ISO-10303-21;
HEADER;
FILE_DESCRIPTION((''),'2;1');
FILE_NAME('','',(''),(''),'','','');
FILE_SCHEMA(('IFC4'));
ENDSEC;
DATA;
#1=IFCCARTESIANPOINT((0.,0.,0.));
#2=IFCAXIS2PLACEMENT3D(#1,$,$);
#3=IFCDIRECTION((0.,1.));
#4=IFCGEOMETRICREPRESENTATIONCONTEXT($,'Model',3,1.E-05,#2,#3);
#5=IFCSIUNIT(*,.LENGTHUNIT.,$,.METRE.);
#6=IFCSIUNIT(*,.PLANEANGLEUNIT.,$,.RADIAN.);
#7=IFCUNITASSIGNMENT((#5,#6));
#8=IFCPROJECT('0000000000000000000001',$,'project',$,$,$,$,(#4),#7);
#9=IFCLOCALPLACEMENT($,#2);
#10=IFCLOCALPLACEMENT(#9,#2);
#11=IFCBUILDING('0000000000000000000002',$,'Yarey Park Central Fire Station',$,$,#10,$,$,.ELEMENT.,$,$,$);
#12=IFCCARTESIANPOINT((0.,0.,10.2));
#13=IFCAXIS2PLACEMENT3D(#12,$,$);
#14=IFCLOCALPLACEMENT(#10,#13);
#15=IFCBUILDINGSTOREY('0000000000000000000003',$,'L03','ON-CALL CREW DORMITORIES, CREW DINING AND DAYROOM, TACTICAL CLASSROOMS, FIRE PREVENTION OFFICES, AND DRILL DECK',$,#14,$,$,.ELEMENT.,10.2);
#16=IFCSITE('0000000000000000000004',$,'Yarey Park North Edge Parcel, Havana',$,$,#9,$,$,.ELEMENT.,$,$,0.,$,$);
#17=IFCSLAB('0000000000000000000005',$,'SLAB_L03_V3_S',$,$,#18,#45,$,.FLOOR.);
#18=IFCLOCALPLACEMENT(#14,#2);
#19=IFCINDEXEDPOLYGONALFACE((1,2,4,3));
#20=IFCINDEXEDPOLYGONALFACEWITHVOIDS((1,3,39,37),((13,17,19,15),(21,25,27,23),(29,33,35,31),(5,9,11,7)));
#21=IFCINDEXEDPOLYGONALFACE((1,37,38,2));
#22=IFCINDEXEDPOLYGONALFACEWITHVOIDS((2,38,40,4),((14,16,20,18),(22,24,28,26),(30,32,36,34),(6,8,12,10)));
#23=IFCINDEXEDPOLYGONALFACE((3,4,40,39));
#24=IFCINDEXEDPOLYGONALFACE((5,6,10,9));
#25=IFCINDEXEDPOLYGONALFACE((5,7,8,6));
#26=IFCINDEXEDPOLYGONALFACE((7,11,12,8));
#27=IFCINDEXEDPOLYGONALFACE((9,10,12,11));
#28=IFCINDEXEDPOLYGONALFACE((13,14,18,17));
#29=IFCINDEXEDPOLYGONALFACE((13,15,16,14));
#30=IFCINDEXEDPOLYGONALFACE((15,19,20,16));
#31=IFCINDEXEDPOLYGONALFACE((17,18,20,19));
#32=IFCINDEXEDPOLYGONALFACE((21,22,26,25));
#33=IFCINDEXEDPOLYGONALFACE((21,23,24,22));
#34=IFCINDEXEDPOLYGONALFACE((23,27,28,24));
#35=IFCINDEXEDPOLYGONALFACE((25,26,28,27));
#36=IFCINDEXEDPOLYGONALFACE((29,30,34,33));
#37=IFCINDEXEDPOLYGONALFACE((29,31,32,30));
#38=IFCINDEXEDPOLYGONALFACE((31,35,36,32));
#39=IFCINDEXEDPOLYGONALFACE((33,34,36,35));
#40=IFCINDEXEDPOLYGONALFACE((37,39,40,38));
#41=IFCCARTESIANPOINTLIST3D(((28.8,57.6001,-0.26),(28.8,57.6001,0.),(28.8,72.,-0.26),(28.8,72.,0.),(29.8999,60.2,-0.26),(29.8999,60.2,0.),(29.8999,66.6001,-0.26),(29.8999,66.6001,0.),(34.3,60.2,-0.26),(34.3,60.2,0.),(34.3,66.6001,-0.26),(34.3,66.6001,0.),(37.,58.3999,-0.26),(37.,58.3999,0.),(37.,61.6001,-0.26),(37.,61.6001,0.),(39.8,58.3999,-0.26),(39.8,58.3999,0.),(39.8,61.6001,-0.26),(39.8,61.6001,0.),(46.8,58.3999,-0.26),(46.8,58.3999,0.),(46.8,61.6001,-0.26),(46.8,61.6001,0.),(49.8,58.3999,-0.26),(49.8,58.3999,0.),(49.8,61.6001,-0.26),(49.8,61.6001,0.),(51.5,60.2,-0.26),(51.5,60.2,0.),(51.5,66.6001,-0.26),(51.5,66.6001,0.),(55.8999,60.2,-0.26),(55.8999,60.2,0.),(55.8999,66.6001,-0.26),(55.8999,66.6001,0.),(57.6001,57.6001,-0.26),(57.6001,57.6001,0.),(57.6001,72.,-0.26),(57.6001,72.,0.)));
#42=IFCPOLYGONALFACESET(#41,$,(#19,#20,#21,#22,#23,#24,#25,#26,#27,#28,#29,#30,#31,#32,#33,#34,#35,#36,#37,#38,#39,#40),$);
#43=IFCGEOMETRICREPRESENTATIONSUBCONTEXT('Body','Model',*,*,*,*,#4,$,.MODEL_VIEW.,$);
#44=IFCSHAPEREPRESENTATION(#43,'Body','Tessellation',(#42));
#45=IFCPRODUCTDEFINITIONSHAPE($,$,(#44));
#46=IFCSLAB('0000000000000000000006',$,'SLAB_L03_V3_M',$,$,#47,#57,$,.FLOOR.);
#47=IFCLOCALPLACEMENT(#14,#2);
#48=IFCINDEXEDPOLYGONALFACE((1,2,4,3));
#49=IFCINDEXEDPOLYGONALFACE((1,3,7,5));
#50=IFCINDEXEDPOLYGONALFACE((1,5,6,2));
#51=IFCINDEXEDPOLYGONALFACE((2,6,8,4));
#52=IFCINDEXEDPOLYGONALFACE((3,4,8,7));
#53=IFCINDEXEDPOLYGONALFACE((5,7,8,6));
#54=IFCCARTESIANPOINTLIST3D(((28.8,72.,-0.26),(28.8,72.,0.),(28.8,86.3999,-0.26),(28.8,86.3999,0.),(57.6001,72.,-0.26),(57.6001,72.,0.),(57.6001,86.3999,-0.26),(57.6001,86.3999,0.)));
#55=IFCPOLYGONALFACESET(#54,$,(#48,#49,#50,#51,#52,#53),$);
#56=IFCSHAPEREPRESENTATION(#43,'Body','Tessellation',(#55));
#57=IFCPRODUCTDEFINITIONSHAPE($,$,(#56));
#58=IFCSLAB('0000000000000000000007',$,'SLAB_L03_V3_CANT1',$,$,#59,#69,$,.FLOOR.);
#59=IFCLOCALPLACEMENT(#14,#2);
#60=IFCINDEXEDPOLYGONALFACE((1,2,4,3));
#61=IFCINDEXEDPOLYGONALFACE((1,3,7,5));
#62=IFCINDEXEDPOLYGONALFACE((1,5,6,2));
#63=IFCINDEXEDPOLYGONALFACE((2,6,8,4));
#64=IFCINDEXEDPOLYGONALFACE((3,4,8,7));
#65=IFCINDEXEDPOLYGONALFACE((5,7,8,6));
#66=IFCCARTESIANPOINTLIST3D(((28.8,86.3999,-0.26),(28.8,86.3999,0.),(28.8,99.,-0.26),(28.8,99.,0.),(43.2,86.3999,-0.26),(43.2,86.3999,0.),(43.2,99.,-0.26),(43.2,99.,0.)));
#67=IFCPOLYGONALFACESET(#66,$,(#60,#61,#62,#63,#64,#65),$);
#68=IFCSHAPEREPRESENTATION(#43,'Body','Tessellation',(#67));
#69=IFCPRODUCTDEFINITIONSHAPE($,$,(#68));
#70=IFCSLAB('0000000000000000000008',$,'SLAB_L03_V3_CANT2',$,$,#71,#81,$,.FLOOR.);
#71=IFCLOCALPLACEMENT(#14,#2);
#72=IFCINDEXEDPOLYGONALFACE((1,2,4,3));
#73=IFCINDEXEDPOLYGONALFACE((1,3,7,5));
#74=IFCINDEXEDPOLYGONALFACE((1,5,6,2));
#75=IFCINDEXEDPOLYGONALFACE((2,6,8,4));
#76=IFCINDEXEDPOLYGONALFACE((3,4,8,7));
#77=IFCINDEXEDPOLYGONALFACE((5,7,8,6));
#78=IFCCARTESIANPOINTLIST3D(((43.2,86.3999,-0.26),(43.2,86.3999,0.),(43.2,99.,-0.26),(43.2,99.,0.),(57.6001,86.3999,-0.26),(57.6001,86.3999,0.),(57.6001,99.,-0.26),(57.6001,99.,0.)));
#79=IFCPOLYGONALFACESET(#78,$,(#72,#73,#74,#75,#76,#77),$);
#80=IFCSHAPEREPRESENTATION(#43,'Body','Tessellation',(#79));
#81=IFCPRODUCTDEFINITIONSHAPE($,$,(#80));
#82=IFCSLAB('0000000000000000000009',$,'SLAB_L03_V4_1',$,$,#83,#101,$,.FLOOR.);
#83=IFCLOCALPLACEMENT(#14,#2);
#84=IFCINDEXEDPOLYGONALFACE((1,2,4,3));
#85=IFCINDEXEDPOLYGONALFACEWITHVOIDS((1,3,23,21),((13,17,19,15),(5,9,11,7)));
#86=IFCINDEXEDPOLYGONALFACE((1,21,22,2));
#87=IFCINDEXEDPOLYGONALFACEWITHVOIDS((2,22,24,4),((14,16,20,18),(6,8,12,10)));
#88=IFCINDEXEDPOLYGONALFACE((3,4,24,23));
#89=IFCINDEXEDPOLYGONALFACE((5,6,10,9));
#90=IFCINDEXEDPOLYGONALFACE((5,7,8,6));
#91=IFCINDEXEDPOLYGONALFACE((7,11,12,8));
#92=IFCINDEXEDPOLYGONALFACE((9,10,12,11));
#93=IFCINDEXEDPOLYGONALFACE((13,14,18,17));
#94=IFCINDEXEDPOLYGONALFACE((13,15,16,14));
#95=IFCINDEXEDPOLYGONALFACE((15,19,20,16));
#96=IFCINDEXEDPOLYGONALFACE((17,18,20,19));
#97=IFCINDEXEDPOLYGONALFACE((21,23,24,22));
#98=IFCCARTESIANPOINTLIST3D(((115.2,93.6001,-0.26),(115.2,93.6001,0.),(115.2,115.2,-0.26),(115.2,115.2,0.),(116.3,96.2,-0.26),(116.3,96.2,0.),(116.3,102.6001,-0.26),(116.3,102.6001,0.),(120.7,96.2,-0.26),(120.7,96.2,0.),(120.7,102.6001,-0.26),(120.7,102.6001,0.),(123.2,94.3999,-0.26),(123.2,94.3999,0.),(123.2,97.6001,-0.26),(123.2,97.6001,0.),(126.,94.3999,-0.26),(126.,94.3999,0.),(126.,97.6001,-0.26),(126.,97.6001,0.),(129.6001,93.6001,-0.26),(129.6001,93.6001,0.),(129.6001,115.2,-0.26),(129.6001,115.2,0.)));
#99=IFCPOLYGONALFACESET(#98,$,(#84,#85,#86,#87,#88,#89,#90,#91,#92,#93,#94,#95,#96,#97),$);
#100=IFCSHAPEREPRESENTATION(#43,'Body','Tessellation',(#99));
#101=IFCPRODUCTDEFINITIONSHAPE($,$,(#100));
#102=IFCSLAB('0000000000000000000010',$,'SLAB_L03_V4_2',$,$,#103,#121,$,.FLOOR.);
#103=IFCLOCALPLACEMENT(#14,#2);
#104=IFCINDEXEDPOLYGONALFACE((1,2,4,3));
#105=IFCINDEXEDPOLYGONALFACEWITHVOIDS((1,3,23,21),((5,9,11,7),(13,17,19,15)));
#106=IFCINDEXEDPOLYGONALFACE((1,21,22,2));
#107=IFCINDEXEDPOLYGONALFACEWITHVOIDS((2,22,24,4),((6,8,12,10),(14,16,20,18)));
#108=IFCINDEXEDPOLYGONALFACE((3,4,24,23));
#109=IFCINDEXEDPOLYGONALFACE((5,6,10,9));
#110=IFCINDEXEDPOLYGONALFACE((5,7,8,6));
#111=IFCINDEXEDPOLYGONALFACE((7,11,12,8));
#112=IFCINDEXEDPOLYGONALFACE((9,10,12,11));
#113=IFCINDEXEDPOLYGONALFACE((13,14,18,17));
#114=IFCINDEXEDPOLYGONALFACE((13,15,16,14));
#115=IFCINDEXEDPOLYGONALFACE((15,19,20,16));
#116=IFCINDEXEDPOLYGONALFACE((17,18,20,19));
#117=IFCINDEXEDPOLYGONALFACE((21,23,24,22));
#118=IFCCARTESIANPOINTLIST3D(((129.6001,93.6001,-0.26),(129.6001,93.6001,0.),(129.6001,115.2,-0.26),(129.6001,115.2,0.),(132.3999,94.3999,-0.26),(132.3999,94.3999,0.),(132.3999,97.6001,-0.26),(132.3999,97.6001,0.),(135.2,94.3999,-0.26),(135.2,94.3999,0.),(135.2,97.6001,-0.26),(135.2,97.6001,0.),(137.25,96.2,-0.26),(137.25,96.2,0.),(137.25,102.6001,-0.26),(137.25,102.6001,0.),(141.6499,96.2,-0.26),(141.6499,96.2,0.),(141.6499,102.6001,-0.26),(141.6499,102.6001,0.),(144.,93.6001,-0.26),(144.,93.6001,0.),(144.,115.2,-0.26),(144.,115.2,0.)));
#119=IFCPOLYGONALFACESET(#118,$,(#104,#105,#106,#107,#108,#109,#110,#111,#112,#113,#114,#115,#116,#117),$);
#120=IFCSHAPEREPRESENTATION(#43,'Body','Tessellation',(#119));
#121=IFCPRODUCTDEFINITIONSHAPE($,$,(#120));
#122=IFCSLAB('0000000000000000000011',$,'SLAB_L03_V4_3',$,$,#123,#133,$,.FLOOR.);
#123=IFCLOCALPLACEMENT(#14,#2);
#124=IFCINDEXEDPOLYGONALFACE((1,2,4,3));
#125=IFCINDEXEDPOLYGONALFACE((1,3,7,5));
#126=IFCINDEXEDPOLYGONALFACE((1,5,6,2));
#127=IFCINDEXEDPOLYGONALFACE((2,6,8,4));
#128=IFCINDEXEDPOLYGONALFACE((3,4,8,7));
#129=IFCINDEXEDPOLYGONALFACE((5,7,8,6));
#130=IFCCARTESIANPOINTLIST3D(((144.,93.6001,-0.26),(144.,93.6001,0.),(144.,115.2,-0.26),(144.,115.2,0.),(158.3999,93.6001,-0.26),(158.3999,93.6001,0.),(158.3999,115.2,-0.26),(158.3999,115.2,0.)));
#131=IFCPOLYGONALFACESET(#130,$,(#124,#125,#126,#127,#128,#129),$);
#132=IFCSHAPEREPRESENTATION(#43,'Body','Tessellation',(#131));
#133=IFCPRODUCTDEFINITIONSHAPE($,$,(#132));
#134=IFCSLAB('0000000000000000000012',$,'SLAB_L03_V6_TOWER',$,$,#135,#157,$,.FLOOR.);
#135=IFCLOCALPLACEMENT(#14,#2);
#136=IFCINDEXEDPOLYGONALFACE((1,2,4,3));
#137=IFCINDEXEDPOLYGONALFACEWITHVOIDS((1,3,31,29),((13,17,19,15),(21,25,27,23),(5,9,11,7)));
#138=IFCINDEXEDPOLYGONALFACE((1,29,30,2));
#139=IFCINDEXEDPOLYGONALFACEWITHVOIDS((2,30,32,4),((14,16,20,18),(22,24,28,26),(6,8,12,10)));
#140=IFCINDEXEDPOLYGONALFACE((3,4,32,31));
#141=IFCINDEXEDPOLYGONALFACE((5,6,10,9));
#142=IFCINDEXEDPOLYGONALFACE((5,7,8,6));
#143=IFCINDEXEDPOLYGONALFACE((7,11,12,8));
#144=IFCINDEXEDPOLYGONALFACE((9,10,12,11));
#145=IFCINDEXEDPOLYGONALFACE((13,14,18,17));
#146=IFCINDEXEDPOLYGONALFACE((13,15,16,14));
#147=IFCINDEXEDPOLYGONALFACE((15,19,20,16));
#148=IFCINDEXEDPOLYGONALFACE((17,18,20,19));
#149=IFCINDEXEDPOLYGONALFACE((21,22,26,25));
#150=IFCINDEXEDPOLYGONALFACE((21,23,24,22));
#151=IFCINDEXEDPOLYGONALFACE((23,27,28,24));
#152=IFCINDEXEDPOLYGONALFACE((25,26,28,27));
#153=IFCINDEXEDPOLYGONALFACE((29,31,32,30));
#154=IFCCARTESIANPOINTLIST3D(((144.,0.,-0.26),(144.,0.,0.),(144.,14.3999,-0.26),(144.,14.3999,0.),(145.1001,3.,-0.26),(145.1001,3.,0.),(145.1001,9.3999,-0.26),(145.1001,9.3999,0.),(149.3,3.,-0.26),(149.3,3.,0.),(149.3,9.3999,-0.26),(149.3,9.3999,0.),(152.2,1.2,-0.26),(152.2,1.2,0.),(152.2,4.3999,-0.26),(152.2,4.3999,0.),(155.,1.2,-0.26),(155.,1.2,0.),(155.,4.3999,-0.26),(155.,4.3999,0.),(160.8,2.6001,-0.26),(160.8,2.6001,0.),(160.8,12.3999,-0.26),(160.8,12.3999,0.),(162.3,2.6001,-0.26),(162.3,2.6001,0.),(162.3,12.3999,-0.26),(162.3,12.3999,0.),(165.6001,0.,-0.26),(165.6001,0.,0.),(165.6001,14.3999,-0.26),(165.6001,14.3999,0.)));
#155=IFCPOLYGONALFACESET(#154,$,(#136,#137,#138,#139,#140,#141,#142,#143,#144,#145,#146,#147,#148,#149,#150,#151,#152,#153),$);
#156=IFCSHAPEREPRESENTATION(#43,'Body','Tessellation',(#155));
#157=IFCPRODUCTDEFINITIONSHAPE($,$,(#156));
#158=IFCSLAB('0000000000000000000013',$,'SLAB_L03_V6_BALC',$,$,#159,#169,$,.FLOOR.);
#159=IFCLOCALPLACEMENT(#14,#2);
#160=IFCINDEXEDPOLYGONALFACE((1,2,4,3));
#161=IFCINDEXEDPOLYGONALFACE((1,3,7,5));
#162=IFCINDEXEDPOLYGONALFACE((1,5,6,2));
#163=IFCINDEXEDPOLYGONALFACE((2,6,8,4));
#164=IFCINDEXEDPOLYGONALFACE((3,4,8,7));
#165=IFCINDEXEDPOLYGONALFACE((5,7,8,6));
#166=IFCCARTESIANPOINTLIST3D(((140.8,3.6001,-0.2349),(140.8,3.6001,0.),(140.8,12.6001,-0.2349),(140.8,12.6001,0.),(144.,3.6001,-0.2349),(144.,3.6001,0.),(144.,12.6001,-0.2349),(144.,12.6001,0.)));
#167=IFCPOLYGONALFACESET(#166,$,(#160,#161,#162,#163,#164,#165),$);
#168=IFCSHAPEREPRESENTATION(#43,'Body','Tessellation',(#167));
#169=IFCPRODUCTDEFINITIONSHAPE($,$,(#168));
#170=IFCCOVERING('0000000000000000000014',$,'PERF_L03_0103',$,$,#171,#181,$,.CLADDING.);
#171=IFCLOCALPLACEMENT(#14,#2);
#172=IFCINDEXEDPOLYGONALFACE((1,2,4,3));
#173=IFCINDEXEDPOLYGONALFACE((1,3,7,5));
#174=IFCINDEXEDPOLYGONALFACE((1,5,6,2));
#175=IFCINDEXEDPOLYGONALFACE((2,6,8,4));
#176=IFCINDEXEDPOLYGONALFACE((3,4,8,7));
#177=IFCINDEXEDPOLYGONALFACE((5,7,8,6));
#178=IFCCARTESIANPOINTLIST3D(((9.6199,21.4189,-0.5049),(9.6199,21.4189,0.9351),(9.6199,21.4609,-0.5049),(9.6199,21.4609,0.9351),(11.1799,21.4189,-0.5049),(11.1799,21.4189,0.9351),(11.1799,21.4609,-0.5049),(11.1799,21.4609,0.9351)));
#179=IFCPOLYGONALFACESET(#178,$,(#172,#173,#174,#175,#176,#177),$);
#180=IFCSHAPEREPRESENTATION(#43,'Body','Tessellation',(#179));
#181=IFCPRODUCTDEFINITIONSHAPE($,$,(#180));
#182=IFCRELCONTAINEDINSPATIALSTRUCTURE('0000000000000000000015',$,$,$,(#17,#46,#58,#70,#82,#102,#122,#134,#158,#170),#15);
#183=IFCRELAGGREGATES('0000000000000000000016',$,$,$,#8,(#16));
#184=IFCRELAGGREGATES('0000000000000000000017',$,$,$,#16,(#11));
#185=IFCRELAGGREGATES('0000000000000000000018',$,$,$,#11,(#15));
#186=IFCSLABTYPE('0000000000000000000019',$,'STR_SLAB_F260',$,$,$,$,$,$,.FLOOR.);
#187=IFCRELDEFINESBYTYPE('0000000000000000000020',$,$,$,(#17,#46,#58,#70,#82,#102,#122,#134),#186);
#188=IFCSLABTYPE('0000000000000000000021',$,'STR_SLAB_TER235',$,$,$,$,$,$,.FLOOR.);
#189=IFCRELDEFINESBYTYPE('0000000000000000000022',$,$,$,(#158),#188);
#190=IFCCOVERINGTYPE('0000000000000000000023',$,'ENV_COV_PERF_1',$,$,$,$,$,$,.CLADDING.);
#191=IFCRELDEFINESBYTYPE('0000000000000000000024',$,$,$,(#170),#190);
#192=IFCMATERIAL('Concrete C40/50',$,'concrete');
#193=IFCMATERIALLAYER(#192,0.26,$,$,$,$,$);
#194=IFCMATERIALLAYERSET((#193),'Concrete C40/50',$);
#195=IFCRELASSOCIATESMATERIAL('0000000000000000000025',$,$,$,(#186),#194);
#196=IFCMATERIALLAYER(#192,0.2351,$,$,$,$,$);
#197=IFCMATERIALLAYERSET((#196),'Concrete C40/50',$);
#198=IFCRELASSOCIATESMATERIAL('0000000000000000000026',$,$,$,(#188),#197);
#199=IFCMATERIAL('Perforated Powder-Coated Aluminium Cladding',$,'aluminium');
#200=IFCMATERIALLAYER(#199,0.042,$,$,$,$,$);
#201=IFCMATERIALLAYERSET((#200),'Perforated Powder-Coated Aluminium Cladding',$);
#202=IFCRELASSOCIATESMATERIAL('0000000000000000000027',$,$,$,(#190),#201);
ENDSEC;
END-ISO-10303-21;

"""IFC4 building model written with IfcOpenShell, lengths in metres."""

from ifc_helpers import new_model, si_unit, direction, frame, origin, origin_2d, place, context, subcontext, project, spatial, polyline, rectangle, outline, extrude, material, layer, layer_set, type_object, element, save


model = new_model("IFC4")

# Units and contexts
model_context = context("Model", 3, precision=1e-05, world=origin(), true_north=direction((0.0, 1.0)))
body_context = subcontext(model_context, "Body", "Model", "MODEL_VIEW")
ifc_project = project(units=[si_unit("LENGTHUNIT", "METRE"), si_unit("PLANEANGLEUNIT", "RADIAN")], contexts=[model_context])

# Site, building, storey
site_placement = place(None, origin())
site = spatial("IfcSite", under=ifc_project, at=site_placement, Name="Yarey Park North Edge Parcel, Havana", CompositionType="ELEMENT", RefElevation=0.0)
building_placement = place(site_placement, origin())
building = spatial("IfcBuilding", under=site, at=building_placement, Name="Yarey Park Central Fire Station", CompositionType="ELEMENT")
storey_placement = place(building_placement, frame((0.0, 0.0, 10.2)))
storey = spatial("IfcBuildingStorey", under=building, at=storey_placement, Name="L03", Description="ON-CALL CREW DORMITORIES, CREW DINING AND DAYROOM, TACTICAL CLASSROOMS, FIRE PREVENTION OFFICES, AND DRILL DECK", CompositionType="ELEMENT", Elevation=10.2)

# Shared definitions
ifc_material_1 = material(Name="Concrete C40/50", Category="concrete")

# Slabs
ifc_layer_1 = layer(ifc_material_1, 0.26)
ifc_layer_set_1 = layer_set([ifc_layer_1], Name="Concrete C40/50")
slab_type_1 = type_object("IfcSlabType", Name="STR_SLAB_F260", PredefinedType="FLOOR", material=ifc_layer_set_1)
slab_1_placement = place(storey_placement, frame((0.0, 0.0, -0.26)))
element("IfcSlab", 1, at=slab_1_placement, inside=storey, type_object=slab_type_1, Name="SLAB_L03_V3_S", PredefinedType="FLOOR", context=body_context, shape_type="SweptSolid", body=[
    extrude(outline(polyline([(28.8, 57.6001), (57.6001, 57.6001), (57.6001, 72.0), (28.8, 72.0), (28.8, 57.6001)]), holes=[polyline([(29.8999, 60.2), (34.3, 60.2), (34.3, 66.6001), (29.8999, 66.6001), (29.8999, 60.2)]), polyline([(37.0, 58.3999), (39.8, 58.3999), (39.8, 61.6001), (37.0, 61.6001), (37.0, 58.3999)]), polyline([(51.5, 60.2), (55.8999, 60.2), (55.8999, 66.6001), (51.5, 66.6001), (51.5, 60.2)]), polyline([(46.8, 58.3999), (49.8, 58.3999), (49.8, 61.6001), (46.8, 61.6001), (46.8, 58.3999)])]), origin(), (0.0, 0.0, 1.0), 0.26),
])
slab_2_placement = place(storey_placement, frame((0.0, 0.0, -0.26)))
element("IfcSlab", 2, at=slab_2_placement, inside=storey, type_object=slab_type_1, Name="SLAB_L03_V3_M", PredefinedType="FLOOR", context=body_context, shape_type="SweptSolid", body=[
    extrude(outline(polyline([(28.8, 72.0), (57.6001, 72.0), (57.6001, 86.3999), (28.8, 86.3999), (28.8, 72.0)])), origin(), (0.0, 0.0, 1.0), 0.26),
])
slab_3_placement = place(storey_placement, frame((0.0, 0.0, -0.26)))
element("IfcSlab", 3, at=slab_3_placement, inside=storey, type_object=slab_type_1, Name="SLAB_L03_V3_CANT1", PredefinedType="FLOOR", context=body_context, shape_type="SweptSolid", body=[
    extrude(outline(polyline([(28.8, 86.3999), (43.2, 86.3999), (43.2, 99.0), (28.8, 99.0), (28.8, 86.3999)])), origin(), (0.0, 0.0, 1.0), 0.26),
])
slab_4_placement = place(storey_placement, frame((0.0, 0.0, -0.26)))
element("IfcSlab", 4, at=slab_4_placement, inside=storey, type_object=slab_type_1, Name="SLAB_L03_V3_CANT2", PredefinedType="FLOOR", context=body_context, shape_type="SweptSolid", body=[
    extrude(outline(polyline([(43.2, 86.3999), (57.6001, 86.3999), (57.6001, 99.0), (43.2, 99.0), (43.2, 86.3999)])), origin(), (0.0, 0.0, 1.0), 0.26),
])
slab_5_placement = place(storey_placement, frame((0.0, 0.0, -0.26)))
element("IfcSlab", 5, at=slab_5_placement, inside=storey, type_object=slab_type_1, Name="SLAB_L03_V4_1", PredefinedType="FLOOR", context=body_context, shape_type="SweptSolid", body=[
    extrude(outline(polyline([(115.2, 93.6001), (129.6001, 93.6001), (129.6001, 115.2), (115.2, 115.2), (115.2, 93.6001)]), holes=[polyline([(116.3, 96.2), (120.7, 96.2), (120.7, 102.6001), (116.3, 102.6001), (116.3, 96.2)]), polyline([(123.2, 94.3999), (126.0, 94.3999), (126.0, 97.6001), (123.2, 97.6001), (123.2, 94.3999)])]), origin(), (0.0, 0.0, 1.0), 0.26),
])
slab_6_placement = place(storey_placement, frame((0.0, 0.0, -0.26)))
element("IfcSlab", 6, at=slab_6_placement, inside=storey, type_object=slab_type_1, Name="SLAB_L03_V4_2", PredefinedType="FLOOR", context=body_context, shape_type="SweptSolid", body=[
    extrude(outline(polyline([(129.6001, 93.6001), (144.0, 93.6001), (144.0, 115.2), (129.6001, 115.2), (129.6001, 93.6001)]), holes=[polyline([(137.25, 96.2), (141.6499, 96.2), (141.6499, 102.6001), (137.25, 102.6001), (137.25, 96.2)]), polyline([(132.3999, 94.3999), (135.2, 94.3999), (135.2, 97.6001), (132.3999, 97.6001), (132.3999, 94.3999)])]), origin(), (0.0, 0.0, 1.0), 0.26),
])
slab_7_placement = place(storey_placement, frame((0.0, 0.0, -0.26)))
element("IfcSlab", 7, at=slab_7_placement, inside=storey, type_object=slab_type_1, Name="SLAB_L03_V4_3", PredefinedType="FLOOR", context=body_context, shape_type="SweptSolid", body=[
    extrude(outline(polyline([(144.0, 93.6001), (158.3999, 93.6001), (158.3999, 115.2), (144.0, 115.2), (144.0, 93.6001)])), origin(), (0.0, 0.0, 1.0), 0.26),
])
slab_8_placement = place(storey_placement, frame((0.0, 0.0, -0.26)))
element("IfcSlab", 8, at=slab_8_placement, inside=storey, type_object=slab_type_1, Name="SLAB_L03_V6_TOWER", PredefinedType="FLOOR", context=body_context, shape_type="SweptSolid", body=[
    extrude(outline(polyline([(144.0, 0.0), (165.6001, 0.0), (165.6001, 14.3999), (144.0, 14.3999), (144.0, 0.0)]), holes=[polyline([(145.1001, 3.0), (149.3, 3.0), (149.3, 9.3999), (145.1001, 9.3999), (145.1001, 3.0)]), polyline([(152.2, 1.2), (155.0, 1.2), (155.0, 4.3999), (152.2, 4.3999), (152.2, 1.2)]), polyline([(160.8, 2.6001), (162.3, 2.6001), (162.3, 12.3999), (160.8, 12.3999), (160.8, 2.6001)])]), origin(), (0.0, 0.0, 1.0), 0.26),
])
ifc_layer_2 = layer(ifc_material_1, 0.2351)
ifc_layer_set_2 = layer_set([ifc_layer_2], Name="Concrete C40/50")
slab_type_2 = type_object("IfcSlabType", Name="STR_SLAB_TER235", PredefinedType="FLOOR", material=ifc_layer_set_2)
slab_9_placement = place(storey_placement, frame((0.0, 0.0, -0.2349)))
element("IfcSlab", 9, at=slab_9_placement, inside=storey, type_object=slab_type_2, Name="SLAB_L03_V6_BALC", PredefinedType="FLOOR", context=body_context, shape_type="SweptSolid", body=[
    extrude(outline(polyline([(140.8, 3.6001), (144.0, 3.6001), (144.0, 12.6001), (140.8, 12.6001), (140.8, 3.6001)])), origin(), (0.0, 0.0, 1.0), 0.2349),
])

# Covering
ifc_material_2 = material(Name="Perforated Powder-Coated Aluminium Cladding", Category="aluminium")
ifc_layer_3 = layer(ifc_material_2, 0.042)
ifc_layer_set_3 = layer_set([ifc_layer_3], Name="Perforated Powder-Coated Aluminium Cladding")
covering_type_1 = type_object("IfcCoveringType", Name="ENV_COV_PERF_1", PredefinedType="CLADDING", material=ifc_layer_set_3)
covering_1_placement = place(storey_placement, frame((10.3999, 21.4399, -0.5049), z_axis=(0.0, 0.0, 1.0), x_axis=(1.0, 0.0, 0.0)))
element("IfcCovering", 10, at=covering_1_placement, inside=storey, type_object=covering_type_1, Name="PERF_L03_0103", PredefinedType="CLADDING", context=body_context, shape_type="SweptSolid", body=[
    extrude(rectangle(XDim=1.5601, YDim=0.042, at=origin_2d()), origin(), (0.0, 0.0, 1.0), 1.4399),
])

save(model, "model.ifc")
